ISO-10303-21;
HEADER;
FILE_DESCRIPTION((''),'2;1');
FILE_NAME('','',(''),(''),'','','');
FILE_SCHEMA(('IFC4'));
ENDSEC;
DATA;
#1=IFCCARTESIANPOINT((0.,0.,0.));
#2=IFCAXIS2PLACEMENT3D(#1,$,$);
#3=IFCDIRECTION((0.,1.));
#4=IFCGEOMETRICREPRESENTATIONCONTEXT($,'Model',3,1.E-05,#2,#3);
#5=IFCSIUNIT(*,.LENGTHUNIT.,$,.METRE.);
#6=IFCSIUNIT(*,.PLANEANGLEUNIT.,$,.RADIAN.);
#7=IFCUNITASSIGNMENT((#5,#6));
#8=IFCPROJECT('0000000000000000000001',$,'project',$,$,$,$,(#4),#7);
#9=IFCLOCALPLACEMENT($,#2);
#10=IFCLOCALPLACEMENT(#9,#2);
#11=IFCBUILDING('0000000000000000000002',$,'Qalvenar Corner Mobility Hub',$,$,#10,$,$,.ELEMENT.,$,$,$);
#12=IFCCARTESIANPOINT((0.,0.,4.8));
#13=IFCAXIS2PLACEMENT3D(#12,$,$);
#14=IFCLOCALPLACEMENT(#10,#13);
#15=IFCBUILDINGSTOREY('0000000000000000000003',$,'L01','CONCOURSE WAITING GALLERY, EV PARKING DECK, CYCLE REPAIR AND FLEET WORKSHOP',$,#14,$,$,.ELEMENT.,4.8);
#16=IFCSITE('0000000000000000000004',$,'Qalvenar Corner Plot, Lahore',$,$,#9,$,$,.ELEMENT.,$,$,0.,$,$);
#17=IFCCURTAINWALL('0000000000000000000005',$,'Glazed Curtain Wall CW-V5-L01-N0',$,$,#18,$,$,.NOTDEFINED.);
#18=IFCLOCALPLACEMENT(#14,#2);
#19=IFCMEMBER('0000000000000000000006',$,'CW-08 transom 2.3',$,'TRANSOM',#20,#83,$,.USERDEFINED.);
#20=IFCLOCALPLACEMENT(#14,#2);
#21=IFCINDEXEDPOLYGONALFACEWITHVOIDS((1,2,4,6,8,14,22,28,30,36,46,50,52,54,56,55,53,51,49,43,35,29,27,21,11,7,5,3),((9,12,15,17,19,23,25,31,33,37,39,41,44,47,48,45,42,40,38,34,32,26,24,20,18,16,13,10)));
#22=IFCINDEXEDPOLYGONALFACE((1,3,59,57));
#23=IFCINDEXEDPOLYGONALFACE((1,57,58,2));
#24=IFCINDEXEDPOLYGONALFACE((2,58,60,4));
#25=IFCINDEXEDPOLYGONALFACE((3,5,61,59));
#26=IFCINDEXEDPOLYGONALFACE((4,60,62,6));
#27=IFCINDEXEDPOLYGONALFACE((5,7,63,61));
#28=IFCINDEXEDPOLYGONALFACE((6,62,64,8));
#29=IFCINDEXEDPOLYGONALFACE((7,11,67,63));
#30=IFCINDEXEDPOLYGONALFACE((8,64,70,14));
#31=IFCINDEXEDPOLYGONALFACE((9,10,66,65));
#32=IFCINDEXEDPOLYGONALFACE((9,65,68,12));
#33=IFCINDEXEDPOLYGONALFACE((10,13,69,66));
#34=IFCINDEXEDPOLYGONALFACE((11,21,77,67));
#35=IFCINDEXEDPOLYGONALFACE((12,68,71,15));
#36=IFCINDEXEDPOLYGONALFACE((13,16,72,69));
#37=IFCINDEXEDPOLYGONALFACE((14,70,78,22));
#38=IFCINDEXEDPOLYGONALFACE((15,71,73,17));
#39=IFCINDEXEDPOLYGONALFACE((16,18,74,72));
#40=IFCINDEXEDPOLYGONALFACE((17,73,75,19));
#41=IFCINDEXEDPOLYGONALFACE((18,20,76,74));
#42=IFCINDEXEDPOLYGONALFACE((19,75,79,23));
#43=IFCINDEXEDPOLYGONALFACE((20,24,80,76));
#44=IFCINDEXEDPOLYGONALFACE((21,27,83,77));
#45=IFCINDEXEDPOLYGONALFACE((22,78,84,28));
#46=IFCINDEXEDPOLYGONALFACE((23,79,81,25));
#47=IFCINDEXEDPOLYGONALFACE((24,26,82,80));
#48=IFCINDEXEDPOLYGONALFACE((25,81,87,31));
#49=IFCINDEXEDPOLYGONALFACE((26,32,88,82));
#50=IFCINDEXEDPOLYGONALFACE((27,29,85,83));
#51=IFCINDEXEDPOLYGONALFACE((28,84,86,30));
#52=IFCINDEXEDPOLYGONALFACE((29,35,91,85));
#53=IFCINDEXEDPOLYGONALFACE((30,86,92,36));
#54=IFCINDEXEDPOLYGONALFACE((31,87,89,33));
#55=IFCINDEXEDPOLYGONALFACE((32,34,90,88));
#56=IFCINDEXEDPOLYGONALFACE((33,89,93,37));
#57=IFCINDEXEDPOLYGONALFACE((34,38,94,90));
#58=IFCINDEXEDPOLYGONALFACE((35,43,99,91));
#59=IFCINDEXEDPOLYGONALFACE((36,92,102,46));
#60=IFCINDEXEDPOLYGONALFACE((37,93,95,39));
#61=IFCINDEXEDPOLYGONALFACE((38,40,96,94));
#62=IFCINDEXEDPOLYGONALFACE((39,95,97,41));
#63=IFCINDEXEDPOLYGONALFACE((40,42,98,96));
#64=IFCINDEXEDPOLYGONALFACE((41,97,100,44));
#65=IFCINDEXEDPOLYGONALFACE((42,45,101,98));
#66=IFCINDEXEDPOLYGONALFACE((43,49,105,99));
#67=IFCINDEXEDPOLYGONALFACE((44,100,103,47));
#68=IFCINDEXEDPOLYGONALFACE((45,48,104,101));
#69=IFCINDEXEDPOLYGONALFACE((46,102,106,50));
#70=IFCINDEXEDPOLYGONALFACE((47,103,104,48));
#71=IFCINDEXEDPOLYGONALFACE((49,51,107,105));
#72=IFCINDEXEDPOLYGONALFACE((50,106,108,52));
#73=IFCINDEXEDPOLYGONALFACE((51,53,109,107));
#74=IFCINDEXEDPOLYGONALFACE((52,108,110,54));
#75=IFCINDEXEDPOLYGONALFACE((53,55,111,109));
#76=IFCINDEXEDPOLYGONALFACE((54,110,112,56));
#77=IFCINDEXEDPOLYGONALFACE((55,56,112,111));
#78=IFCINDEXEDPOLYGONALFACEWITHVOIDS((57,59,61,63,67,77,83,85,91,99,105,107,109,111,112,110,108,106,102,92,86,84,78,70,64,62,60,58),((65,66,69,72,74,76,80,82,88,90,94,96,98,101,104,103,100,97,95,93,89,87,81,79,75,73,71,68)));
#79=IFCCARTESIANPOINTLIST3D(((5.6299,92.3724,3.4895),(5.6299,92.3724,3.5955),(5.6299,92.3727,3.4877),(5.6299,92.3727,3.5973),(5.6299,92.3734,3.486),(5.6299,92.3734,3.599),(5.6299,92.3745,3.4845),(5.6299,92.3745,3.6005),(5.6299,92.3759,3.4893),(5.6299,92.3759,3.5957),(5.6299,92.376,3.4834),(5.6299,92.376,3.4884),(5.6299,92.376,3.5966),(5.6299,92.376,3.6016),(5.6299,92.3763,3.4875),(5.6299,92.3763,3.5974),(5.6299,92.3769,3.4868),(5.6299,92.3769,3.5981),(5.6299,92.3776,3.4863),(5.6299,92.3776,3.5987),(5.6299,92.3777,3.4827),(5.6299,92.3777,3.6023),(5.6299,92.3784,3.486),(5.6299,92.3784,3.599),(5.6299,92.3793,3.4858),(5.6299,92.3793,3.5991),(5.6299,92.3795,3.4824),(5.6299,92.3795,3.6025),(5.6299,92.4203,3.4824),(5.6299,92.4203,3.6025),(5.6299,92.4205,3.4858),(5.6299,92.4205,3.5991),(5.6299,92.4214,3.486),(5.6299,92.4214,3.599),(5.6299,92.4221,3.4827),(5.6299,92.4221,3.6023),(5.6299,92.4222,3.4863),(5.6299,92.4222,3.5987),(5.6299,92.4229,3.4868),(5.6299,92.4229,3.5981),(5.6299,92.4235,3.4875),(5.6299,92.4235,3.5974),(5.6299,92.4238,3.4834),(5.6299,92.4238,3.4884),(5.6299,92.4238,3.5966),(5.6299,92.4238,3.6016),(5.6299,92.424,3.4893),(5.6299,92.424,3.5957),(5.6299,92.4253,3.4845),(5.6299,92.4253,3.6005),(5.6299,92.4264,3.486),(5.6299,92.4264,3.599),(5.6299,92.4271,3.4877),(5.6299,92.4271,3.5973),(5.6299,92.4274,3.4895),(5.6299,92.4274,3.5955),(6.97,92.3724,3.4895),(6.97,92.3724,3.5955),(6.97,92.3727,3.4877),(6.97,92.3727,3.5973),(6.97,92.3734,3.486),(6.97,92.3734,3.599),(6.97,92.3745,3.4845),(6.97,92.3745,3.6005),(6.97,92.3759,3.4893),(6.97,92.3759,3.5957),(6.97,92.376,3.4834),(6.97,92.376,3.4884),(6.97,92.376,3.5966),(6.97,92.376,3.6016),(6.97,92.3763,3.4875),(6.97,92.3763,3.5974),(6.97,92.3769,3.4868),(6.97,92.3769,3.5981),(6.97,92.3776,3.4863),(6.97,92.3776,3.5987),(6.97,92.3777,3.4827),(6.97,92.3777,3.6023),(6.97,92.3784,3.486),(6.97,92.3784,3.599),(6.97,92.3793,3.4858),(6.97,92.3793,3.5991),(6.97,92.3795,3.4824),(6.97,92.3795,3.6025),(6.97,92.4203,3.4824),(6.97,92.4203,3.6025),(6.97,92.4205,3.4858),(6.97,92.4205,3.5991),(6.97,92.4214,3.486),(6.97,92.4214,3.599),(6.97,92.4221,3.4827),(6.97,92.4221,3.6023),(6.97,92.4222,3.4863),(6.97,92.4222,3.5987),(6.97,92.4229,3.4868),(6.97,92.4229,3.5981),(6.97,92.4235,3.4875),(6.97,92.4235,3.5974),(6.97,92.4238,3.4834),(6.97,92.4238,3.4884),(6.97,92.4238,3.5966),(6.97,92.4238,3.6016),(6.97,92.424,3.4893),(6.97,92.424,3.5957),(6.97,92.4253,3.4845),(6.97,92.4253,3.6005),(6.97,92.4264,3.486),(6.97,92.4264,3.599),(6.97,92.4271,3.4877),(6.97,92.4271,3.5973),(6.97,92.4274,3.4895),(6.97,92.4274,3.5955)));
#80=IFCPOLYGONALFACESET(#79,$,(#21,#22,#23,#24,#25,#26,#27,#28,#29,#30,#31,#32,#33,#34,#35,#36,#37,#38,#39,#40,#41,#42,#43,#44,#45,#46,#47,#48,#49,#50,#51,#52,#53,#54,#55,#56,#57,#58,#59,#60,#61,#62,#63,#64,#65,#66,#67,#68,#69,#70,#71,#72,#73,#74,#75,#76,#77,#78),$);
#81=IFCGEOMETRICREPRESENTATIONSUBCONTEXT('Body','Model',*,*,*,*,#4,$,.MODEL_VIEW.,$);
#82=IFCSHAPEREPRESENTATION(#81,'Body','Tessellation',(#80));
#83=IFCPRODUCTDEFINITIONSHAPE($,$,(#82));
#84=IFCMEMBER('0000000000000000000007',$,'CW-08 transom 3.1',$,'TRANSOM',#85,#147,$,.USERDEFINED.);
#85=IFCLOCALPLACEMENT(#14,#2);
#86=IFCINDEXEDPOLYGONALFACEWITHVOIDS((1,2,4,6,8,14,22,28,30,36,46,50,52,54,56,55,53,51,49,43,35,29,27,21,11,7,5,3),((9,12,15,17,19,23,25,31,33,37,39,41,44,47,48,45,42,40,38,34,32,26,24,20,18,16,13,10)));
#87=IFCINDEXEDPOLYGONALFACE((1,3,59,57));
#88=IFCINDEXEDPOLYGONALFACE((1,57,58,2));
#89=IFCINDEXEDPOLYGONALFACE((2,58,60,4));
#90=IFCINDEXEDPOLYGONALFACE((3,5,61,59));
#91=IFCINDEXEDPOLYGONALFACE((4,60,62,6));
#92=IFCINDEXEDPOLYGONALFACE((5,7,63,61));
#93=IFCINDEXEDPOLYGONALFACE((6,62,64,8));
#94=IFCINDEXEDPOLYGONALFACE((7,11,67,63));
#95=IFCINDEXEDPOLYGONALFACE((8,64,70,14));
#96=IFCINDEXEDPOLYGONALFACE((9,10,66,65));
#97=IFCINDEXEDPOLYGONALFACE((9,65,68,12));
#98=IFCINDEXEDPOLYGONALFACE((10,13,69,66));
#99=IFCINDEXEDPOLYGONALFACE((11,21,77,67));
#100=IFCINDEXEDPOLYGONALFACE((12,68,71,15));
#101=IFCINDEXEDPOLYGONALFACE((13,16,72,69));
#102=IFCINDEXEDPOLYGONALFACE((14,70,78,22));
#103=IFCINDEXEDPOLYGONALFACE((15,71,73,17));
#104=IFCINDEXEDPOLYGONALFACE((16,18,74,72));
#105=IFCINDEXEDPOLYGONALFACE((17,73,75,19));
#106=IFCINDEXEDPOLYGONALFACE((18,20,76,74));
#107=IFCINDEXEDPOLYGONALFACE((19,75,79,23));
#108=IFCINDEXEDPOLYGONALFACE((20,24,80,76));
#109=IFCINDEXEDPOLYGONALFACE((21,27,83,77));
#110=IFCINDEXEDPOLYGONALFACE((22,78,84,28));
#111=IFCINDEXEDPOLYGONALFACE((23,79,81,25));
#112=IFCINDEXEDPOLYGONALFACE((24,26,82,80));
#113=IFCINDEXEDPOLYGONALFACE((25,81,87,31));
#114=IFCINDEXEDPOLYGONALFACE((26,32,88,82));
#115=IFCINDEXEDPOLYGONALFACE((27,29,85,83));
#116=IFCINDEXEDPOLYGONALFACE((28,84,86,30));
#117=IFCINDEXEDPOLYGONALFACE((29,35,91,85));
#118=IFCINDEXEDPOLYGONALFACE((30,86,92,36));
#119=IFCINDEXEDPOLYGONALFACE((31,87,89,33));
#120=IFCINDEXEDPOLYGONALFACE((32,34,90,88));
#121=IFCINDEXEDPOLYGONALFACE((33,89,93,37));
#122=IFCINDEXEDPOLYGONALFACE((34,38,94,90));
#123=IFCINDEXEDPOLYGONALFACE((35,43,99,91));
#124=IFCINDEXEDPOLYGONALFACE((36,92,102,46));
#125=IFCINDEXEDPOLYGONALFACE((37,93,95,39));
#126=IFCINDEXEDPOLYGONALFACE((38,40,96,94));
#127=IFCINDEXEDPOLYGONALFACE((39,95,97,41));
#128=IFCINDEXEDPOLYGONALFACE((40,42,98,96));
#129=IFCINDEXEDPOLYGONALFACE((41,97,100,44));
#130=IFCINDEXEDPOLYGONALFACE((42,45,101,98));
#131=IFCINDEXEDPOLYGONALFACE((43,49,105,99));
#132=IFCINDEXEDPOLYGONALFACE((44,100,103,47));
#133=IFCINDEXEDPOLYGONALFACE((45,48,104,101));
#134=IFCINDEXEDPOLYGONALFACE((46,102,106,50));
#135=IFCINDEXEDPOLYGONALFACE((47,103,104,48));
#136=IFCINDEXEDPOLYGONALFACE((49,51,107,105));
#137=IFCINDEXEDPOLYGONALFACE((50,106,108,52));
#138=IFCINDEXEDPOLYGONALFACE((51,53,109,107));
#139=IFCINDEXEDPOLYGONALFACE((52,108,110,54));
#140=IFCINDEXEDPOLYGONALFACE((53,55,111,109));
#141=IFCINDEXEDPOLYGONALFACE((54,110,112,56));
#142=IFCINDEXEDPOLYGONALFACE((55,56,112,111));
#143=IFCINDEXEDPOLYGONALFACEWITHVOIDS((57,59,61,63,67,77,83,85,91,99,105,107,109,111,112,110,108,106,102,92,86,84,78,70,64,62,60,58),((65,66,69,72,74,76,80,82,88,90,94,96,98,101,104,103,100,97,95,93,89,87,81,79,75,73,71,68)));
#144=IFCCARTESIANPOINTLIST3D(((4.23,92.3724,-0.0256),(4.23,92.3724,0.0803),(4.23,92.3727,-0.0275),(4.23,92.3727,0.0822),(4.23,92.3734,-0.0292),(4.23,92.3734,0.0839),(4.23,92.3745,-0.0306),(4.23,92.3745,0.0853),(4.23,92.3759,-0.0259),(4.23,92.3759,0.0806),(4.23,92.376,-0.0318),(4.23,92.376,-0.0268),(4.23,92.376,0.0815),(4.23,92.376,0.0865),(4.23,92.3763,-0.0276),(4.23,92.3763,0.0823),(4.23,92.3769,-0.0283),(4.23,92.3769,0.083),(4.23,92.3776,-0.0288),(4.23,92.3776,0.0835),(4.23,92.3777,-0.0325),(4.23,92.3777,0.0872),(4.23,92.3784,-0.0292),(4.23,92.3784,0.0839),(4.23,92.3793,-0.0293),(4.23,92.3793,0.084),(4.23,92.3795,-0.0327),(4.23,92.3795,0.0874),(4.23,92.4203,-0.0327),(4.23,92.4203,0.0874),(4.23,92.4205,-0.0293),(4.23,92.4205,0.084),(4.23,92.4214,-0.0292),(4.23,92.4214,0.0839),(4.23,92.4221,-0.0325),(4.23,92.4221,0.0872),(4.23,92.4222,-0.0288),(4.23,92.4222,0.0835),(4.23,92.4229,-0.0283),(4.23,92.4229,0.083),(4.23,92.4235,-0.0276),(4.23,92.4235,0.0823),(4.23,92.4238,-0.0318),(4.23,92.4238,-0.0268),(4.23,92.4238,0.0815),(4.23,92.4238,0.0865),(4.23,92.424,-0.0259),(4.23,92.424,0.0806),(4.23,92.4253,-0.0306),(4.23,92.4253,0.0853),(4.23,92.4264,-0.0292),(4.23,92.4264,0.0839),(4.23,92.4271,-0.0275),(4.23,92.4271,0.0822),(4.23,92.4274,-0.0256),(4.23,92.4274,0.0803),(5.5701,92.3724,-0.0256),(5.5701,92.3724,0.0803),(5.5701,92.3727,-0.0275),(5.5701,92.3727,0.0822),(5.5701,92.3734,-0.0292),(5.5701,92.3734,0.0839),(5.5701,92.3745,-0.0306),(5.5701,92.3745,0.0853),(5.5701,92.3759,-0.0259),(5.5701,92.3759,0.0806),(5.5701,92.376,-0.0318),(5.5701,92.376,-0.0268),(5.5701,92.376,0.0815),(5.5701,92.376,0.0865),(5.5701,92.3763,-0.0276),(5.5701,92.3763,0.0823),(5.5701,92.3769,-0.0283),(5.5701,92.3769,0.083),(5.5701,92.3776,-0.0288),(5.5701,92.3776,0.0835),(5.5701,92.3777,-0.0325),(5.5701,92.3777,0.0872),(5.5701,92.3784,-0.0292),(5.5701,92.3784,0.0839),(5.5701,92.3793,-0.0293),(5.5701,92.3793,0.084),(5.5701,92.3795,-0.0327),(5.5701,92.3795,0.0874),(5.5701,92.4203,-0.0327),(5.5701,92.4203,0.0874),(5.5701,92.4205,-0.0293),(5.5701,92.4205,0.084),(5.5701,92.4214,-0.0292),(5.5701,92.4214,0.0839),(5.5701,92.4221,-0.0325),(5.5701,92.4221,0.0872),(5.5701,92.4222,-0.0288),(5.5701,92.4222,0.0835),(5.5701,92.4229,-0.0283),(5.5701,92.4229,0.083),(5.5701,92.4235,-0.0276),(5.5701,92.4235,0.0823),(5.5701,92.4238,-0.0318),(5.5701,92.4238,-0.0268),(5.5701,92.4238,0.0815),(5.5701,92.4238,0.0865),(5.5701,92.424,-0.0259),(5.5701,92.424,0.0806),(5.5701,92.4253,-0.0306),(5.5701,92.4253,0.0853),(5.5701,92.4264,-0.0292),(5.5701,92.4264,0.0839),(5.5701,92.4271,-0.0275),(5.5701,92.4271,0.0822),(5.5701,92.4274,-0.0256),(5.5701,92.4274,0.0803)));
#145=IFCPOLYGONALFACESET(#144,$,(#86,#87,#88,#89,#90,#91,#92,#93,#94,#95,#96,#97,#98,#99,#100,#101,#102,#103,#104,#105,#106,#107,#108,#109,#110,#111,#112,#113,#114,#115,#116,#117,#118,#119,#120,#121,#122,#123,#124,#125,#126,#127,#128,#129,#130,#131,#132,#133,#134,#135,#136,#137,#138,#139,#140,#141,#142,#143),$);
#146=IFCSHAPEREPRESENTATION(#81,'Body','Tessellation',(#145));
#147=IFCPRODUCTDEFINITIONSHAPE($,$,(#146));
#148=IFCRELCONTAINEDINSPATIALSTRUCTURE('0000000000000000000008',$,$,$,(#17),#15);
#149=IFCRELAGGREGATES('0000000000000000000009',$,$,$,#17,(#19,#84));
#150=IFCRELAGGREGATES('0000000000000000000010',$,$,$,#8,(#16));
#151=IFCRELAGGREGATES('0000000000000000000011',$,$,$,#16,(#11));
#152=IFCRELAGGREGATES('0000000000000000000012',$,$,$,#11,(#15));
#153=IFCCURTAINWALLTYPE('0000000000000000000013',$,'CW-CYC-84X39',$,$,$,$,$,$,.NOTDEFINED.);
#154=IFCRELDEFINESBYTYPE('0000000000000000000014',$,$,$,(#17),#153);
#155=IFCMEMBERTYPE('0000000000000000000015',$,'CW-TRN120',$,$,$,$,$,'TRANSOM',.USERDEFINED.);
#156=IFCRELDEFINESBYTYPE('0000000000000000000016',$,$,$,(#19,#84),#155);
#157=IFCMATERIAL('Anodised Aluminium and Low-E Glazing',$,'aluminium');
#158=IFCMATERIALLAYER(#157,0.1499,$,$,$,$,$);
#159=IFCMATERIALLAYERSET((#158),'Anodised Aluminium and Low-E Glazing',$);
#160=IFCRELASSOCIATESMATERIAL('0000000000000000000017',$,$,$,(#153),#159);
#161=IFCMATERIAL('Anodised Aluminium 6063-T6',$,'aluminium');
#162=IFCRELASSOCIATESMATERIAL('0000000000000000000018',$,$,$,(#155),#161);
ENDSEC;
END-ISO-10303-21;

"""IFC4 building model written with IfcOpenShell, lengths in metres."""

from ifc_helpers import new_model, si_unit, direction, frame, origin, origin_2d, place, context, subcontext, project, spatial, hollow_rectangle, extrude, material, layer, layer_set, material_profile, profile_set, type_object, element, aggregate, save


model = new_model("IFC4")

# Units and contexts
model_context = context("Model", 3, precision=1e-05, world=origin(), true_north=direction((0.0, 1.0)))
body_context = subcontext(model_context, "Body", "Model", "MODEL_VIEW")
ifc_project = project(units=[si_unit("LENGTHUNIT", "METRE"), si_unit("PLANEANGLEUNIT", "RADIAN")], contexts=[model_context])

# Site, building, storey
site_placement = place(None, origin())
site = spatial("IfcSite", under=ifc_project, at=site_placement, Name="Qalvenar Corner Plot, Lahore", CompositionType="ELEMENT", RefElevation=0.0)
building_placement = place(site_placement, origin())
building = spatial("IfcBuilding", under=site, at=building_placement, Name="Qalvenar Corner Mobility Hub", CompositionType="ELEMENT")
storey_placement = place(building_placement, frame((0.0, 0.0, 4.8)))
storey = spatial("IfcBuildingStorey", under=building, at=storey_placement, Name="L01", Description="CONCOURSE WAITING GALLERY, EV PARKING DECK, CYCLE REPAIR AND FLEET WORKSHOP", CompositionType="ELEMENT", Elevation=4.8)

# Curtain wall, members
ifc_material_1 = material(Name="Anodised Aluminium and Low-E Glazing", Category="aluminium")
ifc_layer_1 = layer(ifc_material_1, 0.1499)
ifc_layer_set_1 = layer_set([ifc_layer_1], Name="Anodised Aluminium and Low-E Glazing")
curtain_wall_type = type_object("IfcCurtainWallType", Name="CW-CYC-84X39", PredefinedType="NOTDEFINED", material=ifc_layer_set_1)
curtain_wall_placement = place(storey_placement, origin())
curtain_wall = element("IfcCurtainWall", 1, at=curtain_wall_placement, inside=storey, type_object=curtain_wall_type, Name="Glazed Curtain Wall CW-V5-L01-N0", PredefinedType="NOTDEFINED")
ifc_material_2 = material(Name="Anodised Aluminium 6063-T6", Category="aluminium")
ifc_material_profile_1 = material_profile(ifc_material_2, hollow_rectangle(XDim=0.0549, YDim=0.1201, WallThickness=0.0034, InnerFilletRadius=0.0034, OuterFilletRadius=0.0071, at=origin_2d()), Name="RHS120x55x3.5")
ifc_profile_set_1 = profile_set([ifc_material_profile_1], Name="Anodised Aluminium 6063-T6")
member_type_1 = type_object("IfcMemberType", Name="CW-TRN120", ElementType="TRANSOM", PredefinedType="USERDEFINED", material=ifc_profile_set_1)
member_1_placement = place(storey_placement, frame((6.97, 92.3999, 3.5425), z_axis=(-1.0, 0.0, 0.0), x_axis=(0.0, -1.0, 0.0)))
member_1 = element("IfcMember", 2, at=member_1_placement, type_object=member_type_1, Name="CW-08 transom 2.3", ObjectType="TRANSOM", PredefinedType="USERDEFINED", context=body_context, shape_type="SweptSolid", body=[
    extrude(hollow_rectangle(XDim=0.0549, YDim=0.1201, WallThickness=0.0034, InnerFilletRadius=0.0034, OuterFilletRadius=0.0071, at=origin_2d()), origin(), (0.0, 0.0, 1.0), 1.3401),
])
member_2_placement = place(storey_placement, frame((5.5701, 92.3999, 0.0273), z_axis=(-1.0, 0.0, 0.0), x_axis=(0.0, -1.0, 0.0)))
member_2 = element("IfcMember", 3, at=member_2_placement, type_object=member_type_1, Name="CW-08 transom 3.1", ObjectType="TRANSOM", PredefinedType="USERDEFINED", context=body_context, shape_type="SweptSolid", body=[
    extrude(hollow_rectangle(XDim=0.0549, YDim=0.1201, WallThickness=0.0034, InnerFilletRadius=0.0034, OuterFilletRadius=0.0071, at=origin_2d()), origin(), (0.0, 0.0, 1.0), 1.3401),
])
aggregate(curtain_wall, [member_1, member_2])

save(model, "model.ifc")
